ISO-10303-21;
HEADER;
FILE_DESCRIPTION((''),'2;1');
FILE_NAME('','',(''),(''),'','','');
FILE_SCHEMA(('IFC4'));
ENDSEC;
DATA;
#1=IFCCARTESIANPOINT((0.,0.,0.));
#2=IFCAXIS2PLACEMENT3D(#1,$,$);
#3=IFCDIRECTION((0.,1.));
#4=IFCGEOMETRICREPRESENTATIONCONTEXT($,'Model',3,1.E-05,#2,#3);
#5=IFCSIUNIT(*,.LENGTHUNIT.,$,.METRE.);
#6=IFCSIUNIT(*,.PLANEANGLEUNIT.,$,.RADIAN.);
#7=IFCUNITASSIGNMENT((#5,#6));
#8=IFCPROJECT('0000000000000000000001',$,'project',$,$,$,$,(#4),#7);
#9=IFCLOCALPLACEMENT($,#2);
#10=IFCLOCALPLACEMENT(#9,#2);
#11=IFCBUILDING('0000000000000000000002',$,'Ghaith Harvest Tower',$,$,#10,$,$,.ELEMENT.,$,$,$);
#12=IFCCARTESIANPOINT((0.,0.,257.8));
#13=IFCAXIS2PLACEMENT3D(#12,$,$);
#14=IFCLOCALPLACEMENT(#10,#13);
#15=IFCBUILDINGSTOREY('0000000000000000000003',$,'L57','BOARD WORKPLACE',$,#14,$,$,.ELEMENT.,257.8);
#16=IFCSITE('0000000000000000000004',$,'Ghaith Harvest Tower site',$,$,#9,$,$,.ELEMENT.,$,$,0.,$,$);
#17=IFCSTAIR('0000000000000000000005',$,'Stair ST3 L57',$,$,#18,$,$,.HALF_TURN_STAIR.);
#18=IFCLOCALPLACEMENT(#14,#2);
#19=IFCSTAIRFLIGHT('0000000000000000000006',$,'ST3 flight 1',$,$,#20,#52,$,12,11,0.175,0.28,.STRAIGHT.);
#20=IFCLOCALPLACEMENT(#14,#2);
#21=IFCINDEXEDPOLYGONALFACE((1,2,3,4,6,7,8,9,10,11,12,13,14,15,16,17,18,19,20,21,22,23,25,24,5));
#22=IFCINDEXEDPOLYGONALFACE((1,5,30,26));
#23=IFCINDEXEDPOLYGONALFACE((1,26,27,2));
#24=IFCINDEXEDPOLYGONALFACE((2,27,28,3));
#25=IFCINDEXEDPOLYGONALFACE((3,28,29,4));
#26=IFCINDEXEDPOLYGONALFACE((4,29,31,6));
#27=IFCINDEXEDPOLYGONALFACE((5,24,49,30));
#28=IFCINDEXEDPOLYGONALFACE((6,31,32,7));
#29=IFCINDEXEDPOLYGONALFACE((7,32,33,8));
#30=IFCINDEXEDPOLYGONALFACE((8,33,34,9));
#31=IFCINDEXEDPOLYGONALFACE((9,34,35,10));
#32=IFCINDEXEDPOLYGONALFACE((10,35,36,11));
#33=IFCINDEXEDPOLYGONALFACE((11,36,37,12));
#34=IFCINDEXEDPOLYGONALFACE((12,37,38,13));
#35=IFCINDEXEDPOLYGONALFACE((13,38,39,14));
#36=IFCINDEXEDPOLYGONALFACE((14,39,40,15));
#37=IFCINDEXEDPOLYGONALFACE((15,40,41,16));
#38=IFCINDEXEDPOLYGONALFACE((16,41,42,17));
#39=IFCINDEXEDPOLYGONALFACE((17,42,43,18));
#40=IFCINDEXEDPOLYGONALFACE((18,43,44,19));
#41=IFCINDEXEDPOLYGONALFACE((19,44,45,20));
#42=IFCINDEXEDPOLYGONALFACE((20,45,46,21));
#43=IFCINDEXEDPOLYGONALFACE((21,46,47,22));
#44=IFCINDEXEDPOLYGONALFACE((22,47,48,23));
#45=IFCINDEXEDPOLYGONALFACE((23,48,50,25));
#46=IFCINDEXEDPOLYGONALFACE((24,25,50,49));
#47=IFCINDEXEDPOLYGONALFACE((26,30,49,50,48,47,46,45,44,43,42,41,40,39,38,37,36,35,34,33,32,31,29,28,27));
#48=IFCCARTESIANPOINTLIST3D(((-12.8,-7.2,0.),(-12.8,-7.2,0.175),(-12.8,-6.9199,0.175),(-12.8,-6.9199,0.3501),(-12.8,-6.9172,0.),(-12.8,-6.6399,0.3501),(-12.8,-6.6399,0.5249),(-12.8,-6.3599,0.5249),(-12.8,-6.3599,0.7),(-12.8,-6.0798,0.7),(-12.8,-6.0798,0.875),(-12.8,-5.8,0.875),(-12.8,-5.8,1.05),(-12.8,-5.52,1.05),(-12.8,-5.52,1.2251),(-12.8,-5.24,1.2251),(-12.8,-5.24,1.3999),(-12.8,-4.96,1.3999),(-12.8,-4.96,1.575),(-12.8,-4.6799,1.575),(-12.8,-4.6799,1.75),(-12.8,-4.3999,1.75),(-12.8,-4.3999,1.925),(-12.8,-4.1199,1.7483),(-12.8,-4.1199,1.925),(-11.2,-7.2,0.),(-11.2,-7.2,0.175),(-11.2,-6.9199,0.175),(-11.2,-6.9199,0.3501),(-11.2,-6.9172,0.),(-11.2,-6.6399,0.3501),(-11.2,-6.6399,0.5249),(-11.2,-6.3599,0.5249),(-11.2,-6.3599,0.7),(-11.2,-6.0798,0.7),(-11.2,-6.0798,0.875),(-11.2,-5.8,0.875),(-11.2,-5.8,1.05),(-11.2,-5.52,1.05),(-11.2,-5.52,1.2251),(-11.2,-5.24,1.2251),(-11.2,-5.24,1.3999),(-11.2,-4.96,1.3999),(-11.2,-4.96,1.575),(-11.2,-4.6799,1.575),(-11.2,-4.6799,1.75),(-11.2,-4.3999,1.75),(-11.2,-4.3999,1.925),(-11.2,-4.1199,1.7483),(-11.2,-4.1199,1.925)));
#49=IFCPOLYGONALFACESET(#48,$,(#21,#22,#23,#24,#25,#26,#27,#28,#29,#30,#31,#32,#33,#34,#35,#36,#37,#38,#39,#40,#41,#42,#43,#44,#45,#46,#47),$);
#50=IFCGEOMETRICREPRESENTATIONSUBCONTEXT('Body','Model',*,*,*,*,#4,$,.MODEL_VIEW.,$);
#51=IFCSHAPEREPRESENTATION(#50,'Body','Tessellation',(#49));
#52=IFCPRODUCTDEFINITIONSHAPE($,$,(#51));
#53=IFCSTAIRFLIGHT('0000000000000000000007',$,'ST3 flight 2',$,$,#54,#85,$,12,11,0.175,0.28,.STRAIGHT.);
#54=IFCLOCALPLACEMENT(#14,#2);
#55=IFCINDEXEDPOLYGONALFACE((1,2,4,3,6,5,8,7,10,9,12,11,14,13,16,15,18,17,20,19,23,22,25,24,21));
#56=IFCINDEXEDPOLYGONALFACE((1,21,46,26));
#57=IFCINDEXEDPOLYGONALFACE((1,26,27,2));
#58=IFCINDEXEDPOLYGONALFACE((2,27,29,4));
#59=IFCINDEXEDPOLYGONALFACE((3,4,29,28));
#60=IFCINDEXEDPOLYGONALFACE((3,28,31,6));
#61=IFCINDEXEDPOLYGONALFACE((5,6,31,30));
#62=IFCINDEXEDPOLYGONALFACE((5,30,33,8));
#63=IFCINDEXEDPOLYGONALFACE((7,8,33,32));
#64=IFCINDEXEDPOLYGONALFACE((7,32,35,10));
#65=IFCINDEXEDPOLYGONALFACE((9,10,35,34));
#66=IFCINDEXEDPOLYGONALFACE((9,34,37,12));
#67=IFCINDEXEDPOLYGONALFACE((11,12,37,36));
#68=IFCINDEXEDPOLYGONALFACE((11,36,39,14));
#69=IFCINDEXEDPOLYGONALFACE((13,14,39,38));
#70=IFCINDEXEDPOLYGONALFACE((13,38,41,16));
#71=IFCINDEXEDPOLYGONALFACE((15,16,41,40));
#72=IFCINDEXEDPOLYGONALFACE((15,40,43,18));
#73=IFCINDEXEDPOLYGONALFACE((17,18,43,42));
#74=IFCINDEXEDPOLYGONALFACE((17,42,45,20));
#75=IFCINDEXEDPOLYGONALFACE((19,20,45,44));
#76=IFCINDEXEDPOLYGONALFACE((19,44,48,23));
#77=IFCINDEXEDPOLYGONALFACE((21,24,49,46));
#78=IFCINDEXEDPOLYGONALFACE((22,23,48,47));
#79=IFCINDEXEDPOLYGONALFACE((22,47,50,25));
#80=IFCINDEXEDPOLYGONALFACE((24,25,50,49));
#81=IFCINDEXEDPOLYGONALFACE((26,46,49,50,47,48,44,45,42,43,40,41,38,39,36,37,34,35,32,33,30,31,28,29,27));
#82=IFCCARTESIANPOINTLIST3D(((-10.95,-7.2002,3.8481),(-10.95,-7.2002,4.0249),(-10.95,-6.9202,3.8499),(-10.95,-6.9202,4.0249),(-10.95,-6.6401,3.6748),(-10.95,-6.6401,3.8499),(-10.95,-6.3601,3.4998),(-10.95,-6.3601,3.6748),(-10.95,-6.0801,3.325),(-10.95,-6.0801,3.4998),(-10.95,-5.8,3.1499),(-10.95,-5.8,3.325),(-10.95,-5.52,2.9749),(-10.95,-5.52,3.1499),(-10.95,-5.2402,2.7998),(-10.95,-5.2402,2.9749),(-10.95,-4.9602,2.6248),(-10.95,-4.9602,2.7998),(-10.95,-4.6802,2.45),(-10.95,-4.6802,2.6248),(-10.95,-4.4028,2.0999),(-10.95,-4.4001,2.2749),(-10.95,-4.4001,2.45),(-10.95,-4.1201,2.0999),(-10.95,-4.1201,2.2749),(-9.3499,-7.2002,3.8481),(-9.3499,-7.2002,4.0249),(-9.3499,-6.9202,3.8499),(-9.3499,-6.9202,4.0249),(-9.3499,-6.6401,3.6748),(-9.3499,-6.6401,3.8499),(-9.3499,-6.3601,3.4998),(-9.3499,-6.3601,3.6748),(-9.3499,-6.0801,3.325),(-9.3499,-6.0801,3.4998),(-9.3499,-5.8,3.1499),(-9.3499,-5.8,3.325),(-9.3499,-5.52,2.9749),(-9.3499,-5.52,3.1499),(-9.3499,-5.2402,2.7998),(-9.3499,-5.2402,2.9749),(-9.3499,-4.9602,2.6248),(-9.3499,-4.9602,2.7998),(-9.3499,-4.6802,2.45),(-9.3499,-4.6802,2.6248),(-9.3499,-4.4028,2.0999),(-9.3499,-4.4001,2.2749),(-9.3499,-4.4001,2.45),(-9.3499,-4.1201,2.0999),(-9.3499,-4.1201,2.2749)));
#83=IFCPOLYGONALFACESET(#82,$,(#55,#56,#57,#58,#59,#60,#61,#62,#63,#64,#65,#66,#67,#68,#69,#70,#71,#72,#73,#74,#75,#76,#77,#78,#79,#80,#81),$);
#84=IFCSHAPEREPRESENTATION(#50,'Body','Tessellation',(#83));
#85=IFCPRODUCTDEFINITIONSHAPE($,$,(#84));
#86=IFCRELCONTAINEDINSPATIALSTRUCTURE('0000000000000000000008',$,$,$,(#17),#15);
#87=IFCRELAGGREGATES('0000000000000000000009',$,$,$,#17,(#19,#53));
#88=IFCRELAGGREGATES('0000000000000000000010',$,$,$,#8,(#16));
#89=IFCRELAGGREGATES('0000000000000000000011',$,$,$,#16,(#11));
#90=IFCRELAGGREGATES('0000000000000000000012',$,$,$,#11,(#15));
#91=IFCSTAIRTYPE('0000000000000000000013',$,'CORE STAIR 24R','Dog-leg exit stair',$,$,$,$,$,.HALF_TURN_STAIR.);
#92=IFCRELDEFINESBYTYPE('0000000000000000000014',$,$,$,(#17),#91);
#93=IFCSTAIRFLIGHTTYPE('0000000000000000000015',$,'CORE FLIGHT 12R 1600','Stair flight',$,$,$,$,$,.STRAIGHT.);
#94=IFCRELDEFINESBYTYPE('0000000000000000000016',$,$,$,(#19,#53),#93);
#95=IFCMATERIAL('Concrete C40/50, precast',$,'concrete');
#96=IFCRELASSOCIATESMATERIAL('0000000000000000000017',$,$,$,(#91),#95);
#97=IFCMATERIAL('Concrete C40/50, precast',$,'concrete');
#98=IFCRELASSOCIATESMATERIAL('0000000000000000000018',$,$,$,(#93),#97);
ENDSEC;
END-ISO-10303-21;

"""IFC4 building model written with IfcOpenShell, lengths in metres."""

from ifc_helpers import new_model, si_unit, direction, frame, origin, place, context, subcontext, project, spatial, polyline, outline, extrude, material, type_object, element, aggregate, save


model = new_model("IFC4")

# Units and contexts
model_context = context("Model", 3, precision=1e-05, world=origin(), true_north=direction((0.0, 1.0)))
body_context = subcontext(model_context, "Body", "Model", "MODEL_VIEW")
ifc_project = project(units=[si_unit("LENGTHUNIT", "METRE"), si_unit("PLANEANGLEUNIT", "RADIAN")], contexts=[model_context])

# Site, building, storey
site_placement = place(None, origin())
site = spatial("IfcSite", under=ifc_project, at=site_placement, Name="Ghaith Harvest Tower site", CompositionType="ELEMENT", RefElevation=0.0)
building_placement = place(site_placement, origin())
building = spatial("IfcBuilding", under=site, at=building_placement, Name="Ghaith Harvest Tower", CompositionType="ELEMENT")
storey_placement = place(building_placement, frame((0.0, 0.0, 257.8)))
storey = spatial("IfcBuildingStorey", under=building, at=storey_placement, Name="L57", Description="BOARD WORKPLACE", CompositionType="ELEMENT", Elevation=257.8)

# Stair, stair flights
ifc_material_1 = material(Name="Concrete C40/50, precast", Category="concrete")
stair_type = type_object("IfcStairType", Name="CORE STAIR 24R", Description="Dog-leg exit stair", PredefinedType="HALF_TURN_STAIR", material=ifc_material_1)
stair_placement = place(storey_placement, origin())
stair = element("IfcStair", 1, at=stair_placement, inside=storey, type_object=stair_type, Name="Stair ST3 L57", PredefinedType="HALF_TURN_STAIR")
ifc_material_2 = material(Name="Concrete C40/50, precast", Category="concrete")
stair_flight_type = type_object("IfcStairFlightType", Name="CORE FLIGHT 12R 1600", Description="Stair flight", PredefinedType="STRAIGHT", material=ifc_material_2)
stair_flight_1_placement = place(storey_placement, frame((-12.0, -7.2, 0.0), z_axis=(0.0, 0.0, 1.0), x_axis=(0.0, 1.0, 0.0)))
stair_flight_1 = element("IfcStairFlight", 2, at=stair_flight_1_placement, type_object=stair_flight_type, Name="ST3 flight 1", NumberOfRisers=12, NumberOfTreads=11, PredefinedType="STRAIGHT", RiserHeight=0.175, TreadLength=0.28, context=body_context, shape_type="SweptSolid", body=[
    extrude(outline(polyline([(0.0, 0.0), (0.0, 0.175), (0.28, 0.175), (0.28, 0.3501), (0.5601, 0.3501), (0.5601, 0.5249), (0.8401, 0.5249), (0.8401, 0.7), (1.1201, 0.7), (1.1201, 0.875), (1.3999, 0.875), (1.3999, 1.05), (1.6799, 1.05), (1.6799, 1.2251), (1.96, 1.2251), (1.96, 1.3999), (2.24, 1.3999), (2.24, 1.575), (2.52, 1.575), (2.52, 1.75), (2.8, 1.75), (2.8, 1.925), (3.0801, 1.925), (3.0801, 2.1001), (3.0801, 1.7483), (0.2827, 0.0), (0.0, 0.0)])), frame((0.0, 0.8, 0.0), z_axis=(0.0, -1.0, 0.0), x_axis=(1.0, 0.0, 0.0)), (0.0, 0.0, 1.0), 1.6001),
])
stair_flight_2_placement = place(storey_placement, frame((-10.1499, -4.1201, 2.0999), z_axis=(0.0, 0.0, 1.0), x_axis=(0.0, -1.0, 0.0)))
stair_flight_2 = element("IfcStairFlight", 3, at=stair_flight_2_placement, type_object=stair_flight_type, Name="ST3 flight 2", NumberOfRisers=12, NumberOfTreads=11, PredefinedType="STRAIGHT", RiserHeight=0.175, TreadLength=0.28, context=body_context, shape_type="SweptSolid", body=[
    extrude(outline(polyline([(0.0, 0.0), (0.0, 0.175), (0.28, 0.175), (0.28, 0.3501), (0.5601, 0.3501), (0.5601, 0.5249), (0.8401, 0.5249), (0.8401, 0.7), (1.1201, 0.7), (1.1201, 0.875), (1.3999, 0.875), (1.3999, 1.05), (1.6799, 1.05), (1.6799, 1.2251), (1.96, 1.2251), (1.96, 1.3999), (2.24, 1.3999), (2.24, 1.575), (2.52, 1.575), (2.52, 1.75), (2.8, 1.75), (2.8, 1.925), (3.0801, 1.925), (3.0801, 2.1001), (3.0801, 1.7483), (0.2827, 0.0), (0.0, 0.0)])), frame((0.0, 0.8, 0.0), z_axis=(0.0, -1.0, 0.0), x_axis=(1.0, 0.0, 0.0)), (0.0, 0.0, 1.0), 1.6001),
])
aggregate(stair, [stair_flight_1, stair_flight_2])

save(model, "model.ifc")
